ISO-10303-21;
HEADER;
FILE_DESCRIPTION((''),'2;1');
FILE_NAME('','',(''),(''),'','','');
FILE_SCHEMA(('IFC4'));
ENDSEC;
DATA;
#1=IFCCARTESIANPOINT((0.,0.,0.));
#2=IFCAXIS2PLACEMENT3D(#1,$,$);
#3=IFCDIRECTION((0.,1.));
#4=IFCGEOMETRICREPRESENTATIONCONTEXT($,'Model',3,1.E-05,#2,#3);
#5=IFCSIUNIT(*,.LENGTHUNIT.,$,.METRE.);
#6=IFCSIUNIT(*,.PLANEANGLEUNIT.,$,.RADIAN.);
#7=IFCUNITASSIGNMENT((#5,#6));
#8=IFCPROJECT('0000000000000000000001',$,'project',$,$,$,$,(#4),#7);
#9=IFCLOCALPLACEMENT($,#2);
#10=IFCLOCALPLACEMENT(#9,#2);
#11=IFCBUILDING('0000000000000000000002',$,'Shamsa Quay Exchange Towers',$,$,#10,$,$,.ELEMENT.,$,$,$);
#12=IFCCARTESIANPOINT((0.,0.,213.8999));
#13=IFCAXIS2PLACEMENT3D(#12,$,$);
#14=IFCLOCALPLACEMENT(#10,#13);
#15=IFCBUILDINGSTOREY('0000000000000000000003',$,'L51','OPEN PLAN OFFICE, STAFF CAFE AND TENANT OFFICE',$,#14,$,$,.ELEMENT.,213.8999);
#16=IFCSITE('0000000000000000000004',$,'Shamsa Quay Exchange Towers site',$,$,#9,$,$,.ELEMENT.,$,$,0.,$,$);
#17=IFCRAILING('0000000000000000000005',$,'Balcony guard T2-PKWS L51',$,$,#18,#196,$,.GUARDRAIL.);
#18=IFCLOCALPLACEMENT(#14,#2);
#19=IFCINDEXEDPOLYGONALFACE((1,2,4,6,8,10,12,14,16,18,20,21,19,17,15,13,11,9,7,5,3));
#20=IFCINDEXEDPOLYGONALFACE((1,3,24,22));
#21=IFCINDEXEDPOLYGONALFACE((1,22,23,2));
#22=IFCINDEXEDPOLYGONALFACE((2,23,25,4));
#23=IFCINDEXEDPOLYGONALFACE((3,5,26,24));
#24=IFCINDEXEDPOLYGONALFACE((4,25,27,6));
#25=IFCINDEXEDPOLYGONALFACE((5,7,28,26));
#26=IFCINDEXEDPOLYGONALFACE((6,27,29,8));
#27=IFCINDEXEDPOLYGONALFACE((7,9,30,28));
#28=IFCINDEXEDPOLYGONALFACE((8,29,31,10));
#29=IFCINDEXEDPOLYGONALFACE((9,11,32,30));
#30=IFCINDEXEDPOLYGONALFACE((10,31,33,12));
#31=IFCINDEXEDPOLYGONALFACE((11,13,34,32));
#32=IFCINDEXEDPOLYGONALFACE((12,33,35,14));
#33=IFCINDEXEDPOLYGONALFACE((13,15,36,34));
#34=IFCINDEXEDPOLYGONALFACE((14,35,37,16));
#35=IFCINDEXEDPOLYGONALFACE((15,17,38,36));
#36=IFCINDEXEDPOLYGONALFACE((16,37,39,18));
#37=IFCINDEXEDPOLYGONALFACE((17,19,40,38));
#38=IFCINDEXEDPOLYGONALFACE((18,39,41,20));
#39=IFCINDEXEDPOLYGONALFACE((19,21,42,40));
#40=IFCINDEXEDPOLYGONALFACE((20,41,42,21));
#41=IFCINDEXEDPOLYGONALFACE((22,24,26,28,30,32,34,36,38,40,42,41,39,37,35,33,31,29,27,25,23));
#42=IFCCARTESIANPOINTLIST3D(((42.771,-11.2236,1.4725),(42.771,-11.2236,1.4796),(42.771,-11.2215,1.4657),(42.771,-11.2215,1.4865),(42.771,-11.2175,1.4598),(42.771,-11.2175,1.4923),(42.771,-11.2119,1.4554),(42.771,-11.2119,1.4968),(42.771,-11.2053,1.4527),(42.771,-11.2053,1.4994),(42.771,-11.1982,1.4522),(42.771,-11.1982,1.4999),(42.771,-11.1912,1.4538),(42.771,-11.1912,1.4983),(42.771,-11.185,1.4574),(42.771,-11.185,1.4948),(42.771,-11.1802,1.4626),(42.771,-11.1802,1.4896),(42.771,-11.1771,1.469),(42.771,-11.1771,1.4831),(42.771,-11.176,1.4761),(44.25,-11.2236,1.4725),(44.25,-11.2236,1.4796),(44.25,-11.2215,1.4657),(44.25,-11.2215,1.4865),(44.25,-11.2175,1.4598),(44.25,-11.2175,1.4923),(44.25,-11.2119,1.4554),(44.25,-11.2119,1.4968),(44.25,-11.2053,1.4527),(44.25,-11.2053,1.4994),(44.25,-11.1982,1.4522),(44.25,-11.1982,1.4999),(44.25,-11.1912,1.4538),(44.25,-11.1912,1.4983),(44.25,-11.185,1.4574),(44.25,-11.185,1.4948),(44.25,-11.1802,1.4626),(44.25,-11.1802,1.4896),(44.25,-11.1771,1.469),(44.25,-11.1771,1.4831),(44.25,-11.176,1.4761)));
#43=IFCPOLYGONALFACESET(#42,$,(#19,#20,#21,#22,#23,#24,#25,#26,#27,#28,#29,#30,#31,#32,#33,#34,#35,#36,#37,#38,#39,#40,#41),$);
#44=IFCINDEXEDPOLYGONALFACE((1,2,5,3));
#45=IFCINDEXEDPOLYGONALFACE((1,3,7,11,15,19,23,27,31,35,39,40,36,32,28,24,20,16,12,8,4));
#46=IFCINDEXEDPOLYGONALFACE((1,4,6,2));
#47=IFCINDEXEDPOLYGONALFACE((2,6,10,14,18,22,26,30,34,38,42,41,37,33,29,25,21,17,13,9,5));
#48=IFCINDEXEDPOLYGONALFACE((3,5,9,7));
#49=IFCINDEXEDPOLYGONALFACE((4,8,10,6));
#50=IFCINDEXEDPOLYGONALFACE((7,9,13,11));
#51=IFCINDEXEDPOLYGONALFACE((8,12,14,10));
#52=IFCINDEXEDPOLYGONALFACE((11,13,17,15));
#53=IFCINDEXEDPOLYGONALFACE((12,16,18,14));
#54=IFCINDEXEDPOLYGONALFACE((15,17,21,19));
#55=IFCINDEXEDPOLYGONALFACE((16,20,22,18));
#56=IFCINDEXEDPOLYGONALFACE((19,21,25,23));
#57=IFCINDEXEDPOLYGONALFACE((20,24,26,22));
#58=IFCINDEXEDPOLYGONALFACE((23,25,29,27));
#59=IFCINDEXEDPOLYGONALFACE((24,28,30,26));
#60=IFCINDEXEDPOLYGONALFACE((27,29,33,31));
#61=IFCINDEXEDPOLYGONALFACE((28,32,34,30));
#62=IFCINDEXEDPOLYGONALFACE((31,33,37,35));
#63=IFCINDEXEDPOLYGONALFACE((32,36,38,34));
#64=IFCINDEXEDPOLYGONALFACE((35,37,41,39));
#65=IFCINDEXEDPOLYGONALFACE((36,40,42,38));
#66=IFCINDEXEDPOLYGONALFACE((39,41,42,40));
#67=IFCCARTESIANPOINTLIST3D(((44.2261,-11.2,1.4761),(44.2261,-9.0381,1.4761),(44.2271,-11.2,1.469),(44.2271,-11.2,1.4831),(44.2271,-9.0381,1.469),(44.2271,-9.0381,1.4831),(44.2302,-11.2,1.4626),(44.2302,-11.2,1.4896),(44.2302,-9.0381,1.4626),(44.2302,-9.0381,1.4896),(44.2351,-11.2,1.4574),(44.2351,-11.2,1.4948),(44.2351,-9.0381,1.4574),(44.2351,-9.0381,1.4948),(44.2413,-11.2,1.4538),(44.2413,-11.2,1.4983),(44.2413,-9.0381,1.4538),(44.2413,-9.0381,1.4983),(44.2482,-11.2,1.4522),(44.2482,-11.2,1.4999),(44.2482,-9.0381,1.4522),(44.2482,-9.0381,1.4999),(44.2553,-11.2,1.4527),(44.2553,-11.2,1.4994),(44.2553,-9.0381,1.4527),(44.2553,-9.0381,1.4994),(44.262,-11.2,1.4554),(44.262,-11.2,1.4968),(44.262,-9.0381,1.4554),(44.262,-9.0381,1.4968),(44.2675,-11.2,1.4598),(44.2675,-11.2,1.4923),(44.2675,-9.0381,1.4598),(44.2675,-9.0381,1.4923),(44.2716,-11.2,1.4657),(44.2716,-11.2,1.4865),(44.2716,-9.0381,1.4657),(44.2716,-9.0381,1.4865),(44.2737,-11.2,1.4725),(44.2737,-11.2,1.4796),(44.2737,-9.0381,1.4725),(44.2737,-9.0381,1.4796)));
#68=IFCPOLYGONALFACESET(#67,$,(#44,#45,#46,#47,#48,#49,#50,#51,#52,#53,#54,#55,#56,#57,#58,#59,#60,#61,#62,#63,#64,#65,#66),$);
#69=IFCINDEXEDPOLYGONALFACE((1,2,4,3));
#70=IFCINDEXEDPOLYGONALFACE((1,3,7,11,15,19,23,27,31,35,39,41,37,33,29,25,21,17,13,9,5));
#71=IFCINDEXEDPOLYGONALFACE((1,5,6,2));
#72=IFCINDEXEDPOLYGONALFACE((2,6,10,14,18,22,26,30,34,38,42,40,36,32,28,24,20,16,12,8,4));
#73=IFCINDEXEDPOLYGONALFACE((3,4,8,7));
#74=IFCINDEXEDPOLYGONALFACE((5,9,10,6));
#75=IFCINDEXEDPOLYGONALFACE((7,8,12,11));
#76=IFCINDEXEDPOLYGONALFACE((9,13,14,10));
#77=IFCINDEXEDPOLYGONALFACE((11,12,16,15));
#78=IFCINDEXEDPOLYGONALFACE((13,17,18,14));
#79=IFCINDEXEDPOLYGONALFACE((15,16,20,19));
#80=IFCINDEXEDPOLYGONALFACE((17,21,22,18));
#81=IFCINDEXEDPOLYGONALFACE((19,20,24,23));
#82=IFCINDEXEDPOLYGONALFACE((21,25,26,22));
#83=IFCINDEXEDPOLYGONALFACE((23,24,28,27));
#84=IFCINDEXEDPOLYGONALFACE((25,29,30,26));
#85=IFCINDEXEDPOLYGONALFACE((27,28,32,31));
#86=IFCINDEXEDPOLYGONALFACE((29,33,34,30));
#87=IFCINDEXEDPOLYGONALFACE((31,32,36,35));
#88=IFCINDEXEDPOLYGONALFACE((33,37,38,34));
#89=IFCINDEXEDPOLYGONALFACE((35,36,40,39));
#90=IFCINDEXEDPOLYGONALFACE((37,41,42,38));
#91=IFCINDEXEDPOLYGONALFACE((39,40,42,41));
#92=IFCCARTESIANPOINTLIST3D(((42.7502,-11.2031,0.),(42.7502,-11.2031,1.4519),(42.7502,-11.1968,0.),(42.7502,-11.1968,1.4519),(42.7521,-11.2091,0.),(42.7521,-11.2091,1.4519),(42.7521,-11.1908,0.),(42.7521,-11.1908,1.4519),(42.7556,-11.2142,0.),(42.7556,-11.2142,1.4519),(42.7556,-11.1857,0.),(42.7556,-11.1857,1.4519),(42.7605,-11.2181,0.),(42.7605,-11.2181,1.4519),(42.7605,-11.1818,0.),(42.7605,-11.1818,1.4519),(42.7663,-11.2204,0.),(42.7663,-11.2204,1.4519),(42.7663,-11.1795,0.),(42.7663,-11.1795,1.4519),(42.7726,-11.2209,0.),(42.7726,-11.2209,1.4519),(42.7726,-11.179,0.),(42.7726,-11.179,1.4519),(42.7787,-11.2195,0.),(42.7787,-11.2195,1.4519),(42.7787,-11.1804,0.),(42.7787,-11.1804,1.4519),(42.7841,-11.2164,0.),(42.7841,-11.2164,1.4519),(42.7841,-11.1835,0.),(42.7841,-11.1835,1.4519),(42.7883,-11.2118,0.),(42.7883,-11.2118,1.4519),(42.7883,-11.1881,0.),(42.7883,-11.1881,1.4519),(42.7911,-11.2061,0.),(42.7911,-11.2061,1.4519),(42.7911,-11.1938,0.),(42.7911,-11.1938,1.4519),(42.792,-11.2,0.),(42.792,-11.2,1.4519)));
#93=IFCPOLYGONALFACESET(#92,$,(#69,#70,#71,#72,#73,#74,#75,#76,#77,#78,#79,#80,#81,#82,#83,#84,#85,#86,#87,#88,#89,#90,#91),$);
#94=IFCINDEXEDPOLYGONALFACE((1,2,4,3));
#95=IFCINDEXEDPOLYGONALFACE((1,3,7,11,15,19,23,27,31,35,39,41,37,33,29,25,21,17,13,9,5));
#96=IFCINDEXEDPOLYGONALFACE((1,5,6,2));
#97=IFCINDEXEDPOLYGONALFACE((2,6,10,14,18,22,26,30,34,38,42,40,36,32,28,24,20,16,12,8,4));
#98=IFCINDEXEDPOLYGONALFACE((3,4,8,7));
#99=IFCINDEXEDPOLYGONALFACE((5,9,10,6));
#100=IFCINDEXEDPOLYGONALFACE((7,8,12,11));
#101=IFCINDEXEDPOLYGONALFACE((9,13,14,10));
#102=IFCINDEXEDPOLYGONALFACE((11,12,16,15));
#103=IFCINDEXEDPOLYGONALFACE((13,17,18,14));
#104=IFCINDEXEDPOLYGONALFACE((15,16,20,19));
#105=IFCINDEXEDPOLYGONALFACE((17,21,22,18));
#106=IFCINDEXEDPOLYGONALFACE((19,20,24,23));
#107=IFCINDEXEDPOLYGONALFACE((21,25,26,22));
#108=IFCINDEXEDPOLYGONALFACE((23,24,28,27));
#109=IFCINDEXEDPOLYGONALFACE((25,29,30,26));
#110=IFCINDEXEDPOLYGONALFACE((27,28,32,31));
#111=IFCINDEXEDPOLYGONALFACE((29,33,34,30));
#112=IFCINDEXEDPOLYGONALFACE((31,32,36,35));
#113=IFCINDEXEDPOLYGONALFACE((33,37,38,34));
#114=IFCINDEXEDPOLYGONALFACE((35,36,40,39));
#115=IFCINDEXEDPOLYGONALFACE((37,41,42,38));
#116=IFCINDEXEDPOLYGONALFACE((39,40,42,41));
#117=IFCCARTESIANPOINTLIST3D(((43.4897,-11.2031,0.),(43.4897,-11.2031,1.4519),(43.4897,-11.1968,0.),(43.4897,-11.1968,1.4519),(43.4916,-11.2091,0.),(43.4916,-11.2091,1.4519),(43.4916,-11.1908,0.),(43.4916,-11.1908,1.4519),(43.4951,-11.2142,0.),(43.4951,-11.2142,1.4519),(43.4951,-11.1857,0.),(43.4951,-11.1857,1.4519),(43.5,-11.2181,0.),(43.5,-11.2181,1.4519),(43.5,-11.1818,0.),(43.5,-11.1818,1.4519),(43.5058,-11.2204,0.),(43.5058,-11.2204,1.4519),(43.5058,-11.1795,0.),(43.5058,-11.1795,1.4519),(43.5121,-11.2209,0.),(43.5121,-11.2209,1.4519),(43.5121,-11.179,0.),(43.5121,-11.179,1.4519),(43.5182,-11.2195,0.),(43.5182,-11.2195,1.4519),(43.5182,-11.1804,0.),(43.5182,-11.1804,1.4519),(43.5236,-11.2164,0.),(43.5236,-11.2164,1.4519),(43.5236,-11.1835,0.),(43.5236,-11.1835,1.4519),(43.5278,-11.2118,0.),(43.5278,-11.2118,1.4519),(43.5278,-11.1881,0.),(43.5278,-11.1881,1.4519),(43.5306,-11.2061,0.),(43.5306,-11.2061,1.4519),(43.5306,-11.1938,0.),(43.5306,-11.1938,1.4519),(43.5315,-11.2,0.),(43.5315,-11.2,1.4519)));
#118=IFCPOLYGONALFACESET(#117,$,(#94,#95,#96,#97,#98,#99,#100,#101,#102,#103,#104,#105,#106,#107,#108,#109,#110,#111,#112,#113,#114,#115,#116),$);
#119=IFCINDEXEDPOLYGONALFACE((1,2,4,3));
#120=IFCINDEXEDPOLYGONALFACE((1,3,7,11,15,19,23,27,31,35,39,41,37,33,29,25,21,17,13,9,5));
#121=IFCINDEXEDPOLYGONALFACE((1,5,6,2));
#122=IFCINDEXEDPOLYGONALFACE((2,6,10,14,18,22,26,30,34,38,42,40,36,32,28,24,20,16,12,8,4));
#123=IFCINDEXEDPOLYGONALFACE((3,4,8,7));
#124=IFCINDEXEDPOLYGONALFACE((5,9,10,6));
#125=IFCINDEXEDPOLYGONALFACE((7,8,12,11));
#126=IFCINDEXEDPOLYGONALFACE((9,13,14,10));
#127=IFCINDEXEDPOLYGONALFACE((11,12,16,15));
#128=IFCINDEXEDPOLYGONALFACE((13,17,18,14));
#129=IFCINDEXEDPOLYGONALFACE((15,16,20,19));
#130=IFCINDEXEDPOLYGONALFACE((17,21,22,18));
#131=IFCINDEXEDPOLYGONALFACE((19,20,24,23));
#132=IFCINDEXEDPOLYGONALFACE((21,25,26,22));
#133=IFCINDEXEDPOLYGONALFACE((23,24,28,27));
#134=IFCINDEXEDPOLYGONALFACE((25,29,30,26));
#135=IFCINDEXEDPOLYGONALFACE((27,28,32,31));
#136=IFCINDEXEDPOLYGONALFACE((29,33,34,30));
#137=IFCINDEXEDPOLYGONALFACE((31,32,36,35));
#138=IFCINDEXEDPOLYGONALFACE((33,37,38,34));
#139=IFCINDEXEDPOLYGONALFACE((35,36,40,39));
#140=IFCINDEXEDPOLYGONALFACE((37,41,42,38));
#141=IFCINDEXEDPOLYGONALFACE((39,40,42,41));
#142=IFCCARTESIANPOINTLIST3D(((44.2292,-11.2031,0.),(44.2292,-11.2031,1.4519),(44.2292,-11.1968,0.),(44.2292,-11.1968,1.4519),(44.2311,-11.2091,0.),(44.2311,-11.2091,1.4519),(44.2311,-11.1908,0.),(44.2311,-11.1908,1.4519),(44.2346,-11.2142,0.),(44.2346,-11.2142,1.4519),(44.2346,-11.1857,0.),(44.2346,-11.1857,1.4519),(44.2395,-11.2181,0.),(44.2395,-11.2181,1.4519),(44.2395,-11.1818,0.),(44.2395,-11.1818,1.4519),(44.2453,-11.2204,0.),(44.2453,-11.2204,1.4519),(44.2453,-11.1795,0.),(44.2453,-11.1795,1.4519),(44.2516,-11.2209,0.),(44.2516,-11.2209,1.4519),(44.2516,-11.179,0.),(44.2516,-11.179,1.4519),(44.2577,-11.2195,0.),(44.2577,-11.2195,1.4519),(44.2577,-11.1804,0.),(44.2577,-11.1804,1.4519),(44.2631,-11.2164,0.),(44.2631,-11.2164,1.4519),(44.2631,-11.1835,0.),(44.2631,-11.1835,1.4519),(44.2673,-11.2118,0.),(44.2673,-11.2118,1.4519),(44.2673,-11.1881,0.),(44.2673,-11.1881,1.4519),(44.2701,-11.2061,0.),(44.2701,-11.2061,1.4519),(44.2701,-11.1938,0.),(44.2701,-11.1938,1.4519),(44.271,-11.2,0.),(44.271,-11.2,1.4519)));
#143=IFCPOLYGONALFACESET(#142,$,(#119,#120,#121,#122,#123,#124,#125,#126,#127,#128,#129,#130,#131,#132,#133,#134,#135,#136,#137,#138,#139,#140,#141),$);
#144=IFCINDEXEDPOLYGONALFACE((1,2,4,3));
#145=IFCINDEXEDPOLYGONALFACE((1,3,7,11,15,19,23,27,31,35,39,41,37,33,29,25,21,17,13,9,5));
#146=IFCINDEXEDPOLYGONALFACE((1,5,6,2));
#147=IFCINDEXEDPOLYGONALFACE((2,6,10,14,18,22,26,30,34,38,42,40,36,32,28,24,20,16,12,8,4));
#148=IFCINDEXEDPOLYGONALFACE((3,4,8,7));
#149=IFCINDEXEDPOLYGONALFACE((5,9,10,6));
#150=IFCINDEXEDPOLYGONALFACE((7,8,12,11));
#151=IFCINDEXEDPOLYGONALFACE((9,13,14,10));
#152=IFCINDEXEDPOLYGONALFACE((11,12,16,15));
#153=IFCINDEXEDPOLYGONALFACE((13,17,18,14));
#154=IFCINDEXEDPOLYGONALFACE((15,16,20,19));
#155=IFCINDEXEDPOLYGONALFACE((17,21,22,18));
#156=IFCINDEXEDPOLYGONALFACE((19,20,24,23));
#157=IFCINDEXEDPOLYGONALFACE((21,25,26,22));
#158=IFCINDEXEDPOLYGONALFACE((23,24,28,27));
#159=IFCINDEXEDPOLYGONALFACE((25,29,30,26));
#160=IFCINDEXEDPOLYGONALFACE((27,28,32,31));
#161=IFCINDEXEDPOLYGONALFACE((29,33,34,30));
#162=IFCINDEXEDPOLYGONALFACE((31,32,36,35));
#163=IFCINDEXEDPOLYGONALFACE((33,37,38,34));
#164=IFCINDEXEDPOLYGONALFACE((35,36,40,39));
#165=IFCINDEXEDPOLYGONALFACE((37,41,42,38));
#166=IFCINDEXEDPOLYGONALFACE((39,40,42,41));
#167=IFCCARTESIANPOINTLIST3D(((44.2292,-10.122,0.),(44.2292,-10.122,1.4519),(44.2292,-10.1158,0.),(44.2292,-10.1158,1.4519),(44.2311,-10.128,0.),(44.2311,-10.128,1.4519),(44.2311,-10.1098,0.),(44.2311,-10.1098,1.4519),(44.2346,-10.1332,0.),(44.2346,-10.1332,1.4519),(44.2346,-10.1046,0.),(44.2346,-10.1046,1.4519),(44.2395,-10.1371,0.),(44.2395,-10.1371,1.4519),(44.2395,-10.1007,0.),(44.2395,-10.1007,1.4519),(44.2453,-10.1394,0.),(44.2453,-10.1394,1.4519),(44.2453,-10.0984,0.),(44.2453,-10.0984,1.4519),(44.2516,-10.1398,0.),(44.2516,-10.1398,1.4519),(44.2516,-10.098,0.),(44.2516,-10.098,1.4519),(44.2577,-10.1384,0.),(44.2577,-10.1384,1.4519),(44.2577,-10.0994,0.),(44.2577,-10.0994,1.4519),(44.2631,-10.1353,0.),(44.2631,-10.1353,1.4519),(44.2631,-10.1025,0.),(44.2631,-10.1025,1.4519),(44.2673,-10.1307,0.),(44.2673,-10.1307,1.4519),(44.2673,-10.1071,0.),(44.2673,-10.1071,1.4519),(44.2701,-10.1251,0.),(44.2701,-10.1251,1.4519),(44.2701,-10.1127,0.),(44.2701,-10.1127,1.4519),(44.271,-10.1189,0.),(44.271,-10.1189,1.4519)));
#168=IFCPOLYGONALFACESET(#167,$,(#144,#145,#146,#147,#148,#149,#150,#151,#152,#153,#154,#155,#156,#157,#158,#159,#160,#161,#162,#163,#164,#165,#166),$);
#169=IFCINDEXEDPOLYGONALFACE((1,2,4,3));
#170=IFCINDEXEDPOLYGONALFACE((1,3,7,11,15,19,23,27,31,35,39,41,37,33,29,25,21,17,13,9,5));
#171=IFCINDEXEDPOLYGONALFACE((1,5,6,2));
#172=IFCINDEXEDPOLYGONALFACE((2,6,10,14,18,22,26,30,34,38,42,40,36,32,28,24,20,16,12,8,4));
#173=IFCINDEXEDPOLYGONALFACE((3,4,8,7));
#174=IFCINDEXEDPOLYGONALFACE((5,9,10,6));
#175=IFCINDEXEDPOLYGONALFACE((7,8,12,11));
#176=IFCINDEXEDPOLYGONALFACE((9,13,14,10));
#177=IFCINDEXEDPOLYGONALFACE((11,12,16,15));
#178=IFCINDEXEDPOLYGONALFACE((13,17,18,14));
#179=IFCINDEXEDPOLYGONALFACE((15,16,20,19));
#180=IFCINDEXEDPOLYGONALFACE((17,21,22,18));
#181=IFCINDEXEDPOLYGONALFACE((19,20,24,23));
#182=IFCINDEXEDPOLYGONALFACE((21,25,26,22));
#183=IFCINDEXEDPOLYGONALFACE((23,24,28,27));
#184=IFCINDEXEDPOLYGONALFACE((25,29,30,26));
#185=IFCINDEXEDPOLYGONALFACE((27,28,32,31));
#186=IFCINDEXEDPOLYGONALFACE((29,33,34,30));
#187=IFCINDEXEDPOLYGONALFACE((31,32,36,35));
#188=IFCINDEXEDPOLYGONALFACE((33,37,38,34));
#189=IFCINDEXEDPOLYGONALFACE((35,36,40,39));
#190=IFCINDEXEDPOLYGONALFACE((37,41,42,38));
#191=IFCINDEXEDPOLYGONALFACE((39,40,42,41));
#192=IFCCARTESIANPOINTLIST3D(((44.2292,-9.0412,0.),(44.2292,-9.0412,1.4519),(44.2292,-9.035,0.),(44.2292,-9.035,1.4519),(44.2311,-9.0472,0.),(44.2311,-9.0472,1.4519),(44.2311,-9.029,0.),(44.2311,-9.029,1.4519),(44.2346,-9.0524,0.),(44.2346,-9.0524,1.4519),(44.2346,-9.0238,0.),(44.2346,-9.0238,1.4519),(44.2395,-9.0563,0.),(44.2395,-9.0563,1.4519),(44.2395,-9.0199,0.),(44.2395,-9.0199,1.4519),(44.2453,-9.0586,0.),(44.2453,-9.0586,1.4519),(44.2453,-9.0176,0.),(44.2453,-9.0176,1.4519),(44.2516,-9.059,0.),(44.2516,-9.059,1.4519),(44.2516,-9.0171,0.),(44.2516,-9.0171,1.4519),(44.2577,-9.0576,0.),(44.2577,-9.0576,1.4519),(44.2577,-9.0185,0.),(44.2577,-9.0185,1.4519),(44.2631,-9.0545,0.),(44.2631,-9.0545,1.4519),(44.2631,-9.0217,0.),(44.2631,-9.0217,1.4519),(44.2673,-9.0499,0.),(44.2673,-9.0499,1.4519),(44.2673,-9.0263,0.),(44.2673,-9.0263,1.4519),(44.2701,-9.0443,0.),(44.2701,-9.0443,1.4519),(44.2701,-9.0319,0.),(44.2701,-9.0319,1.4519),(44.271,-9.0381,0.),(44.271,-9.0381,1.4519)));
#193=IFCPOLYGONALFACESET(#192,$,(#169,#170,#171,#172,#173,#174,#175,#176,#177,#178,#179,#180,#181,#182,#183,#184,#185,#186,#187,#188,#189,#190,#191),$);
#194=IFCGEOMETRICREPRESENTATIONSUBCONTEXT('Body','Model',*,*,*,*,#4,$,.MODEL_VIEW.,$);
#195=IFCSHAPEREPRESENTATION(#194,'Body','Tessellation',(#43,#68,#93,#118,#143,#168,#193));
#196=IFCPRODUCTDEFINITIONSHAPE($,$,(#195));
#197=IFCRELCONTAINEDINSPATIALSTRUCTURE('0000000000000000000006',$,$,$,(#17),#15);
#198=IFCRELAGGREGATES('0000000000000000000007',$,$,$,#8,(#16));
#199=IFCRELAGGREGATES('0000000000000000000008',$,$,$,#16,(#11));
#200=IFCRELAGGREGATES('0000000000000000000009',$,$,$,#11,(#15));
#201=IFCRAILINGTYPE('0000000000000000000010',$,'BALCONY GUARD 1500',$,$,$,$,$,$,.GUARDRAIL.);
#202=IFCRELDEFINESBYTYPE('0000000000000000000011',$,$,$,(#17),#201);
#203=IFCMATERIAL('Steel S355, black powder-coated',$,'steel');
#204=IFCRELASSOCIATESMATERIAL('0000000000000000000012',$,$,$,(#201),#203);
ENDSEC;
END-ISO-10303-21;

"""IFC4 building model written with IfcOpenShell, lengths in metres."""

from ifc_helpers import new_model, si_unit, direction, frame, origin, origin_2d, place, context, subcontext, project, spatial, circle, extrude, material, type_object, element, save


model = new_model("IFC4")

# Units and contexts
model_context = context("Model", 3, precision=1e-05, world=origin(), true_north=direction((0.0, 1.0)))
body_context = subcontext(model_context, "Body", "Model", "MODEL_VIEW")
ifc_project = project(units=[si_unit("LENGTHUNIT", "METRE"), si_unit("PLANEANGLEUNIT", "RADIAN")], contexts=[model_context])

# Site, building, storey
site_placement = place(None, origin())
site = spatial("IfcSite", under=ifc_project, at=site_placement, Name="Shamsa Quay Exchange Towers site", CompositionType="ELEMENT", RefElevation=0.0)
building_placement = place(site_placement, origin())
building = spatial("IfcBuilding", under=site, at=building_placement, Name="Shamsa Quay Exchange Towers", CompositionType="ELEMENT")
storey_placement = place(building_placement, frame((0.0, 0.0, 213.8999)))
storey = spatial("IfcBuildingStorey", under=building, at=storey_placement, Name="L51", Description="OPEN PLAN OFFICE, STAFF CAFE AND TENANT OFFICE", CompositionType="ELEMENT", Elevation=213.8999)

# Railing
ifc_material_1 = material(Name="Steel S355, black powder-coated", Category="steel")
railing_type = type_object("IfcRailingType", Name="BALCONY GUARD 1500", PredefinedType="GUARDRAIL", material=ifc_material_1)
for number, where, name in (
    (1, (42.771, -11.2, 0.0), "Balcony guard T2-PKWS L51"),
):
    element("IfcRailing", number, at=place(storey_placement, frame(where)), inside=storey, type_object=railing_type, Name=name, PredefinedType="GUARDRAIL", context=body_context, shape_type="SweptSolid", body=[
        extrude(circle(Radius=0.0239, at=origin_2d()), frame((0.0, 0.0, 1.4761), z_axis=(1.0, 0.0, 0.0), x_axis=(0.0, 1.0, 0.0)), (0.0, 0.0, 1.0), 1.479),
        extrude(circle(Radius=0.0239, at=origin_2d()), frame((1.479, 0.0, 1.4761), z_axis=(0.0, 1.0, 0.0), x_axis=(-1.0, 0.0, 0.0)), (0.0, 0.0, 1.0), 2.1619),
        extrude(circle(Radius=0.021, at=origin_2d()), origin(), (0.0, 0.0, 1.0), 1.4519),
        extrude(circle(Radius=0.021, at=origin_2d()), frame((0.7395, 0.0, 0.0)), (0.0, 0.0, 1.0), 1.4519),
        extrude(circle(Radius=0.021, at=origin_2d()), frame((1.479, 0.0, 0.0)), (0.0, 0.0, 1.0), 1.4519),
        extrude(circle(Radius=0.021, at=origin_2d()), frame((1.479, 1.0811, 0.0)), (0.0, 0.0, 1.0), 1.4519),
        extrude(circle(Radius=0.021, at=origin_2d()), frame((1.479, 2.1619, 0.0)), (0.0, 0.0, 1.0), 1.4519),
    ])

save(model, "model.ifc")
